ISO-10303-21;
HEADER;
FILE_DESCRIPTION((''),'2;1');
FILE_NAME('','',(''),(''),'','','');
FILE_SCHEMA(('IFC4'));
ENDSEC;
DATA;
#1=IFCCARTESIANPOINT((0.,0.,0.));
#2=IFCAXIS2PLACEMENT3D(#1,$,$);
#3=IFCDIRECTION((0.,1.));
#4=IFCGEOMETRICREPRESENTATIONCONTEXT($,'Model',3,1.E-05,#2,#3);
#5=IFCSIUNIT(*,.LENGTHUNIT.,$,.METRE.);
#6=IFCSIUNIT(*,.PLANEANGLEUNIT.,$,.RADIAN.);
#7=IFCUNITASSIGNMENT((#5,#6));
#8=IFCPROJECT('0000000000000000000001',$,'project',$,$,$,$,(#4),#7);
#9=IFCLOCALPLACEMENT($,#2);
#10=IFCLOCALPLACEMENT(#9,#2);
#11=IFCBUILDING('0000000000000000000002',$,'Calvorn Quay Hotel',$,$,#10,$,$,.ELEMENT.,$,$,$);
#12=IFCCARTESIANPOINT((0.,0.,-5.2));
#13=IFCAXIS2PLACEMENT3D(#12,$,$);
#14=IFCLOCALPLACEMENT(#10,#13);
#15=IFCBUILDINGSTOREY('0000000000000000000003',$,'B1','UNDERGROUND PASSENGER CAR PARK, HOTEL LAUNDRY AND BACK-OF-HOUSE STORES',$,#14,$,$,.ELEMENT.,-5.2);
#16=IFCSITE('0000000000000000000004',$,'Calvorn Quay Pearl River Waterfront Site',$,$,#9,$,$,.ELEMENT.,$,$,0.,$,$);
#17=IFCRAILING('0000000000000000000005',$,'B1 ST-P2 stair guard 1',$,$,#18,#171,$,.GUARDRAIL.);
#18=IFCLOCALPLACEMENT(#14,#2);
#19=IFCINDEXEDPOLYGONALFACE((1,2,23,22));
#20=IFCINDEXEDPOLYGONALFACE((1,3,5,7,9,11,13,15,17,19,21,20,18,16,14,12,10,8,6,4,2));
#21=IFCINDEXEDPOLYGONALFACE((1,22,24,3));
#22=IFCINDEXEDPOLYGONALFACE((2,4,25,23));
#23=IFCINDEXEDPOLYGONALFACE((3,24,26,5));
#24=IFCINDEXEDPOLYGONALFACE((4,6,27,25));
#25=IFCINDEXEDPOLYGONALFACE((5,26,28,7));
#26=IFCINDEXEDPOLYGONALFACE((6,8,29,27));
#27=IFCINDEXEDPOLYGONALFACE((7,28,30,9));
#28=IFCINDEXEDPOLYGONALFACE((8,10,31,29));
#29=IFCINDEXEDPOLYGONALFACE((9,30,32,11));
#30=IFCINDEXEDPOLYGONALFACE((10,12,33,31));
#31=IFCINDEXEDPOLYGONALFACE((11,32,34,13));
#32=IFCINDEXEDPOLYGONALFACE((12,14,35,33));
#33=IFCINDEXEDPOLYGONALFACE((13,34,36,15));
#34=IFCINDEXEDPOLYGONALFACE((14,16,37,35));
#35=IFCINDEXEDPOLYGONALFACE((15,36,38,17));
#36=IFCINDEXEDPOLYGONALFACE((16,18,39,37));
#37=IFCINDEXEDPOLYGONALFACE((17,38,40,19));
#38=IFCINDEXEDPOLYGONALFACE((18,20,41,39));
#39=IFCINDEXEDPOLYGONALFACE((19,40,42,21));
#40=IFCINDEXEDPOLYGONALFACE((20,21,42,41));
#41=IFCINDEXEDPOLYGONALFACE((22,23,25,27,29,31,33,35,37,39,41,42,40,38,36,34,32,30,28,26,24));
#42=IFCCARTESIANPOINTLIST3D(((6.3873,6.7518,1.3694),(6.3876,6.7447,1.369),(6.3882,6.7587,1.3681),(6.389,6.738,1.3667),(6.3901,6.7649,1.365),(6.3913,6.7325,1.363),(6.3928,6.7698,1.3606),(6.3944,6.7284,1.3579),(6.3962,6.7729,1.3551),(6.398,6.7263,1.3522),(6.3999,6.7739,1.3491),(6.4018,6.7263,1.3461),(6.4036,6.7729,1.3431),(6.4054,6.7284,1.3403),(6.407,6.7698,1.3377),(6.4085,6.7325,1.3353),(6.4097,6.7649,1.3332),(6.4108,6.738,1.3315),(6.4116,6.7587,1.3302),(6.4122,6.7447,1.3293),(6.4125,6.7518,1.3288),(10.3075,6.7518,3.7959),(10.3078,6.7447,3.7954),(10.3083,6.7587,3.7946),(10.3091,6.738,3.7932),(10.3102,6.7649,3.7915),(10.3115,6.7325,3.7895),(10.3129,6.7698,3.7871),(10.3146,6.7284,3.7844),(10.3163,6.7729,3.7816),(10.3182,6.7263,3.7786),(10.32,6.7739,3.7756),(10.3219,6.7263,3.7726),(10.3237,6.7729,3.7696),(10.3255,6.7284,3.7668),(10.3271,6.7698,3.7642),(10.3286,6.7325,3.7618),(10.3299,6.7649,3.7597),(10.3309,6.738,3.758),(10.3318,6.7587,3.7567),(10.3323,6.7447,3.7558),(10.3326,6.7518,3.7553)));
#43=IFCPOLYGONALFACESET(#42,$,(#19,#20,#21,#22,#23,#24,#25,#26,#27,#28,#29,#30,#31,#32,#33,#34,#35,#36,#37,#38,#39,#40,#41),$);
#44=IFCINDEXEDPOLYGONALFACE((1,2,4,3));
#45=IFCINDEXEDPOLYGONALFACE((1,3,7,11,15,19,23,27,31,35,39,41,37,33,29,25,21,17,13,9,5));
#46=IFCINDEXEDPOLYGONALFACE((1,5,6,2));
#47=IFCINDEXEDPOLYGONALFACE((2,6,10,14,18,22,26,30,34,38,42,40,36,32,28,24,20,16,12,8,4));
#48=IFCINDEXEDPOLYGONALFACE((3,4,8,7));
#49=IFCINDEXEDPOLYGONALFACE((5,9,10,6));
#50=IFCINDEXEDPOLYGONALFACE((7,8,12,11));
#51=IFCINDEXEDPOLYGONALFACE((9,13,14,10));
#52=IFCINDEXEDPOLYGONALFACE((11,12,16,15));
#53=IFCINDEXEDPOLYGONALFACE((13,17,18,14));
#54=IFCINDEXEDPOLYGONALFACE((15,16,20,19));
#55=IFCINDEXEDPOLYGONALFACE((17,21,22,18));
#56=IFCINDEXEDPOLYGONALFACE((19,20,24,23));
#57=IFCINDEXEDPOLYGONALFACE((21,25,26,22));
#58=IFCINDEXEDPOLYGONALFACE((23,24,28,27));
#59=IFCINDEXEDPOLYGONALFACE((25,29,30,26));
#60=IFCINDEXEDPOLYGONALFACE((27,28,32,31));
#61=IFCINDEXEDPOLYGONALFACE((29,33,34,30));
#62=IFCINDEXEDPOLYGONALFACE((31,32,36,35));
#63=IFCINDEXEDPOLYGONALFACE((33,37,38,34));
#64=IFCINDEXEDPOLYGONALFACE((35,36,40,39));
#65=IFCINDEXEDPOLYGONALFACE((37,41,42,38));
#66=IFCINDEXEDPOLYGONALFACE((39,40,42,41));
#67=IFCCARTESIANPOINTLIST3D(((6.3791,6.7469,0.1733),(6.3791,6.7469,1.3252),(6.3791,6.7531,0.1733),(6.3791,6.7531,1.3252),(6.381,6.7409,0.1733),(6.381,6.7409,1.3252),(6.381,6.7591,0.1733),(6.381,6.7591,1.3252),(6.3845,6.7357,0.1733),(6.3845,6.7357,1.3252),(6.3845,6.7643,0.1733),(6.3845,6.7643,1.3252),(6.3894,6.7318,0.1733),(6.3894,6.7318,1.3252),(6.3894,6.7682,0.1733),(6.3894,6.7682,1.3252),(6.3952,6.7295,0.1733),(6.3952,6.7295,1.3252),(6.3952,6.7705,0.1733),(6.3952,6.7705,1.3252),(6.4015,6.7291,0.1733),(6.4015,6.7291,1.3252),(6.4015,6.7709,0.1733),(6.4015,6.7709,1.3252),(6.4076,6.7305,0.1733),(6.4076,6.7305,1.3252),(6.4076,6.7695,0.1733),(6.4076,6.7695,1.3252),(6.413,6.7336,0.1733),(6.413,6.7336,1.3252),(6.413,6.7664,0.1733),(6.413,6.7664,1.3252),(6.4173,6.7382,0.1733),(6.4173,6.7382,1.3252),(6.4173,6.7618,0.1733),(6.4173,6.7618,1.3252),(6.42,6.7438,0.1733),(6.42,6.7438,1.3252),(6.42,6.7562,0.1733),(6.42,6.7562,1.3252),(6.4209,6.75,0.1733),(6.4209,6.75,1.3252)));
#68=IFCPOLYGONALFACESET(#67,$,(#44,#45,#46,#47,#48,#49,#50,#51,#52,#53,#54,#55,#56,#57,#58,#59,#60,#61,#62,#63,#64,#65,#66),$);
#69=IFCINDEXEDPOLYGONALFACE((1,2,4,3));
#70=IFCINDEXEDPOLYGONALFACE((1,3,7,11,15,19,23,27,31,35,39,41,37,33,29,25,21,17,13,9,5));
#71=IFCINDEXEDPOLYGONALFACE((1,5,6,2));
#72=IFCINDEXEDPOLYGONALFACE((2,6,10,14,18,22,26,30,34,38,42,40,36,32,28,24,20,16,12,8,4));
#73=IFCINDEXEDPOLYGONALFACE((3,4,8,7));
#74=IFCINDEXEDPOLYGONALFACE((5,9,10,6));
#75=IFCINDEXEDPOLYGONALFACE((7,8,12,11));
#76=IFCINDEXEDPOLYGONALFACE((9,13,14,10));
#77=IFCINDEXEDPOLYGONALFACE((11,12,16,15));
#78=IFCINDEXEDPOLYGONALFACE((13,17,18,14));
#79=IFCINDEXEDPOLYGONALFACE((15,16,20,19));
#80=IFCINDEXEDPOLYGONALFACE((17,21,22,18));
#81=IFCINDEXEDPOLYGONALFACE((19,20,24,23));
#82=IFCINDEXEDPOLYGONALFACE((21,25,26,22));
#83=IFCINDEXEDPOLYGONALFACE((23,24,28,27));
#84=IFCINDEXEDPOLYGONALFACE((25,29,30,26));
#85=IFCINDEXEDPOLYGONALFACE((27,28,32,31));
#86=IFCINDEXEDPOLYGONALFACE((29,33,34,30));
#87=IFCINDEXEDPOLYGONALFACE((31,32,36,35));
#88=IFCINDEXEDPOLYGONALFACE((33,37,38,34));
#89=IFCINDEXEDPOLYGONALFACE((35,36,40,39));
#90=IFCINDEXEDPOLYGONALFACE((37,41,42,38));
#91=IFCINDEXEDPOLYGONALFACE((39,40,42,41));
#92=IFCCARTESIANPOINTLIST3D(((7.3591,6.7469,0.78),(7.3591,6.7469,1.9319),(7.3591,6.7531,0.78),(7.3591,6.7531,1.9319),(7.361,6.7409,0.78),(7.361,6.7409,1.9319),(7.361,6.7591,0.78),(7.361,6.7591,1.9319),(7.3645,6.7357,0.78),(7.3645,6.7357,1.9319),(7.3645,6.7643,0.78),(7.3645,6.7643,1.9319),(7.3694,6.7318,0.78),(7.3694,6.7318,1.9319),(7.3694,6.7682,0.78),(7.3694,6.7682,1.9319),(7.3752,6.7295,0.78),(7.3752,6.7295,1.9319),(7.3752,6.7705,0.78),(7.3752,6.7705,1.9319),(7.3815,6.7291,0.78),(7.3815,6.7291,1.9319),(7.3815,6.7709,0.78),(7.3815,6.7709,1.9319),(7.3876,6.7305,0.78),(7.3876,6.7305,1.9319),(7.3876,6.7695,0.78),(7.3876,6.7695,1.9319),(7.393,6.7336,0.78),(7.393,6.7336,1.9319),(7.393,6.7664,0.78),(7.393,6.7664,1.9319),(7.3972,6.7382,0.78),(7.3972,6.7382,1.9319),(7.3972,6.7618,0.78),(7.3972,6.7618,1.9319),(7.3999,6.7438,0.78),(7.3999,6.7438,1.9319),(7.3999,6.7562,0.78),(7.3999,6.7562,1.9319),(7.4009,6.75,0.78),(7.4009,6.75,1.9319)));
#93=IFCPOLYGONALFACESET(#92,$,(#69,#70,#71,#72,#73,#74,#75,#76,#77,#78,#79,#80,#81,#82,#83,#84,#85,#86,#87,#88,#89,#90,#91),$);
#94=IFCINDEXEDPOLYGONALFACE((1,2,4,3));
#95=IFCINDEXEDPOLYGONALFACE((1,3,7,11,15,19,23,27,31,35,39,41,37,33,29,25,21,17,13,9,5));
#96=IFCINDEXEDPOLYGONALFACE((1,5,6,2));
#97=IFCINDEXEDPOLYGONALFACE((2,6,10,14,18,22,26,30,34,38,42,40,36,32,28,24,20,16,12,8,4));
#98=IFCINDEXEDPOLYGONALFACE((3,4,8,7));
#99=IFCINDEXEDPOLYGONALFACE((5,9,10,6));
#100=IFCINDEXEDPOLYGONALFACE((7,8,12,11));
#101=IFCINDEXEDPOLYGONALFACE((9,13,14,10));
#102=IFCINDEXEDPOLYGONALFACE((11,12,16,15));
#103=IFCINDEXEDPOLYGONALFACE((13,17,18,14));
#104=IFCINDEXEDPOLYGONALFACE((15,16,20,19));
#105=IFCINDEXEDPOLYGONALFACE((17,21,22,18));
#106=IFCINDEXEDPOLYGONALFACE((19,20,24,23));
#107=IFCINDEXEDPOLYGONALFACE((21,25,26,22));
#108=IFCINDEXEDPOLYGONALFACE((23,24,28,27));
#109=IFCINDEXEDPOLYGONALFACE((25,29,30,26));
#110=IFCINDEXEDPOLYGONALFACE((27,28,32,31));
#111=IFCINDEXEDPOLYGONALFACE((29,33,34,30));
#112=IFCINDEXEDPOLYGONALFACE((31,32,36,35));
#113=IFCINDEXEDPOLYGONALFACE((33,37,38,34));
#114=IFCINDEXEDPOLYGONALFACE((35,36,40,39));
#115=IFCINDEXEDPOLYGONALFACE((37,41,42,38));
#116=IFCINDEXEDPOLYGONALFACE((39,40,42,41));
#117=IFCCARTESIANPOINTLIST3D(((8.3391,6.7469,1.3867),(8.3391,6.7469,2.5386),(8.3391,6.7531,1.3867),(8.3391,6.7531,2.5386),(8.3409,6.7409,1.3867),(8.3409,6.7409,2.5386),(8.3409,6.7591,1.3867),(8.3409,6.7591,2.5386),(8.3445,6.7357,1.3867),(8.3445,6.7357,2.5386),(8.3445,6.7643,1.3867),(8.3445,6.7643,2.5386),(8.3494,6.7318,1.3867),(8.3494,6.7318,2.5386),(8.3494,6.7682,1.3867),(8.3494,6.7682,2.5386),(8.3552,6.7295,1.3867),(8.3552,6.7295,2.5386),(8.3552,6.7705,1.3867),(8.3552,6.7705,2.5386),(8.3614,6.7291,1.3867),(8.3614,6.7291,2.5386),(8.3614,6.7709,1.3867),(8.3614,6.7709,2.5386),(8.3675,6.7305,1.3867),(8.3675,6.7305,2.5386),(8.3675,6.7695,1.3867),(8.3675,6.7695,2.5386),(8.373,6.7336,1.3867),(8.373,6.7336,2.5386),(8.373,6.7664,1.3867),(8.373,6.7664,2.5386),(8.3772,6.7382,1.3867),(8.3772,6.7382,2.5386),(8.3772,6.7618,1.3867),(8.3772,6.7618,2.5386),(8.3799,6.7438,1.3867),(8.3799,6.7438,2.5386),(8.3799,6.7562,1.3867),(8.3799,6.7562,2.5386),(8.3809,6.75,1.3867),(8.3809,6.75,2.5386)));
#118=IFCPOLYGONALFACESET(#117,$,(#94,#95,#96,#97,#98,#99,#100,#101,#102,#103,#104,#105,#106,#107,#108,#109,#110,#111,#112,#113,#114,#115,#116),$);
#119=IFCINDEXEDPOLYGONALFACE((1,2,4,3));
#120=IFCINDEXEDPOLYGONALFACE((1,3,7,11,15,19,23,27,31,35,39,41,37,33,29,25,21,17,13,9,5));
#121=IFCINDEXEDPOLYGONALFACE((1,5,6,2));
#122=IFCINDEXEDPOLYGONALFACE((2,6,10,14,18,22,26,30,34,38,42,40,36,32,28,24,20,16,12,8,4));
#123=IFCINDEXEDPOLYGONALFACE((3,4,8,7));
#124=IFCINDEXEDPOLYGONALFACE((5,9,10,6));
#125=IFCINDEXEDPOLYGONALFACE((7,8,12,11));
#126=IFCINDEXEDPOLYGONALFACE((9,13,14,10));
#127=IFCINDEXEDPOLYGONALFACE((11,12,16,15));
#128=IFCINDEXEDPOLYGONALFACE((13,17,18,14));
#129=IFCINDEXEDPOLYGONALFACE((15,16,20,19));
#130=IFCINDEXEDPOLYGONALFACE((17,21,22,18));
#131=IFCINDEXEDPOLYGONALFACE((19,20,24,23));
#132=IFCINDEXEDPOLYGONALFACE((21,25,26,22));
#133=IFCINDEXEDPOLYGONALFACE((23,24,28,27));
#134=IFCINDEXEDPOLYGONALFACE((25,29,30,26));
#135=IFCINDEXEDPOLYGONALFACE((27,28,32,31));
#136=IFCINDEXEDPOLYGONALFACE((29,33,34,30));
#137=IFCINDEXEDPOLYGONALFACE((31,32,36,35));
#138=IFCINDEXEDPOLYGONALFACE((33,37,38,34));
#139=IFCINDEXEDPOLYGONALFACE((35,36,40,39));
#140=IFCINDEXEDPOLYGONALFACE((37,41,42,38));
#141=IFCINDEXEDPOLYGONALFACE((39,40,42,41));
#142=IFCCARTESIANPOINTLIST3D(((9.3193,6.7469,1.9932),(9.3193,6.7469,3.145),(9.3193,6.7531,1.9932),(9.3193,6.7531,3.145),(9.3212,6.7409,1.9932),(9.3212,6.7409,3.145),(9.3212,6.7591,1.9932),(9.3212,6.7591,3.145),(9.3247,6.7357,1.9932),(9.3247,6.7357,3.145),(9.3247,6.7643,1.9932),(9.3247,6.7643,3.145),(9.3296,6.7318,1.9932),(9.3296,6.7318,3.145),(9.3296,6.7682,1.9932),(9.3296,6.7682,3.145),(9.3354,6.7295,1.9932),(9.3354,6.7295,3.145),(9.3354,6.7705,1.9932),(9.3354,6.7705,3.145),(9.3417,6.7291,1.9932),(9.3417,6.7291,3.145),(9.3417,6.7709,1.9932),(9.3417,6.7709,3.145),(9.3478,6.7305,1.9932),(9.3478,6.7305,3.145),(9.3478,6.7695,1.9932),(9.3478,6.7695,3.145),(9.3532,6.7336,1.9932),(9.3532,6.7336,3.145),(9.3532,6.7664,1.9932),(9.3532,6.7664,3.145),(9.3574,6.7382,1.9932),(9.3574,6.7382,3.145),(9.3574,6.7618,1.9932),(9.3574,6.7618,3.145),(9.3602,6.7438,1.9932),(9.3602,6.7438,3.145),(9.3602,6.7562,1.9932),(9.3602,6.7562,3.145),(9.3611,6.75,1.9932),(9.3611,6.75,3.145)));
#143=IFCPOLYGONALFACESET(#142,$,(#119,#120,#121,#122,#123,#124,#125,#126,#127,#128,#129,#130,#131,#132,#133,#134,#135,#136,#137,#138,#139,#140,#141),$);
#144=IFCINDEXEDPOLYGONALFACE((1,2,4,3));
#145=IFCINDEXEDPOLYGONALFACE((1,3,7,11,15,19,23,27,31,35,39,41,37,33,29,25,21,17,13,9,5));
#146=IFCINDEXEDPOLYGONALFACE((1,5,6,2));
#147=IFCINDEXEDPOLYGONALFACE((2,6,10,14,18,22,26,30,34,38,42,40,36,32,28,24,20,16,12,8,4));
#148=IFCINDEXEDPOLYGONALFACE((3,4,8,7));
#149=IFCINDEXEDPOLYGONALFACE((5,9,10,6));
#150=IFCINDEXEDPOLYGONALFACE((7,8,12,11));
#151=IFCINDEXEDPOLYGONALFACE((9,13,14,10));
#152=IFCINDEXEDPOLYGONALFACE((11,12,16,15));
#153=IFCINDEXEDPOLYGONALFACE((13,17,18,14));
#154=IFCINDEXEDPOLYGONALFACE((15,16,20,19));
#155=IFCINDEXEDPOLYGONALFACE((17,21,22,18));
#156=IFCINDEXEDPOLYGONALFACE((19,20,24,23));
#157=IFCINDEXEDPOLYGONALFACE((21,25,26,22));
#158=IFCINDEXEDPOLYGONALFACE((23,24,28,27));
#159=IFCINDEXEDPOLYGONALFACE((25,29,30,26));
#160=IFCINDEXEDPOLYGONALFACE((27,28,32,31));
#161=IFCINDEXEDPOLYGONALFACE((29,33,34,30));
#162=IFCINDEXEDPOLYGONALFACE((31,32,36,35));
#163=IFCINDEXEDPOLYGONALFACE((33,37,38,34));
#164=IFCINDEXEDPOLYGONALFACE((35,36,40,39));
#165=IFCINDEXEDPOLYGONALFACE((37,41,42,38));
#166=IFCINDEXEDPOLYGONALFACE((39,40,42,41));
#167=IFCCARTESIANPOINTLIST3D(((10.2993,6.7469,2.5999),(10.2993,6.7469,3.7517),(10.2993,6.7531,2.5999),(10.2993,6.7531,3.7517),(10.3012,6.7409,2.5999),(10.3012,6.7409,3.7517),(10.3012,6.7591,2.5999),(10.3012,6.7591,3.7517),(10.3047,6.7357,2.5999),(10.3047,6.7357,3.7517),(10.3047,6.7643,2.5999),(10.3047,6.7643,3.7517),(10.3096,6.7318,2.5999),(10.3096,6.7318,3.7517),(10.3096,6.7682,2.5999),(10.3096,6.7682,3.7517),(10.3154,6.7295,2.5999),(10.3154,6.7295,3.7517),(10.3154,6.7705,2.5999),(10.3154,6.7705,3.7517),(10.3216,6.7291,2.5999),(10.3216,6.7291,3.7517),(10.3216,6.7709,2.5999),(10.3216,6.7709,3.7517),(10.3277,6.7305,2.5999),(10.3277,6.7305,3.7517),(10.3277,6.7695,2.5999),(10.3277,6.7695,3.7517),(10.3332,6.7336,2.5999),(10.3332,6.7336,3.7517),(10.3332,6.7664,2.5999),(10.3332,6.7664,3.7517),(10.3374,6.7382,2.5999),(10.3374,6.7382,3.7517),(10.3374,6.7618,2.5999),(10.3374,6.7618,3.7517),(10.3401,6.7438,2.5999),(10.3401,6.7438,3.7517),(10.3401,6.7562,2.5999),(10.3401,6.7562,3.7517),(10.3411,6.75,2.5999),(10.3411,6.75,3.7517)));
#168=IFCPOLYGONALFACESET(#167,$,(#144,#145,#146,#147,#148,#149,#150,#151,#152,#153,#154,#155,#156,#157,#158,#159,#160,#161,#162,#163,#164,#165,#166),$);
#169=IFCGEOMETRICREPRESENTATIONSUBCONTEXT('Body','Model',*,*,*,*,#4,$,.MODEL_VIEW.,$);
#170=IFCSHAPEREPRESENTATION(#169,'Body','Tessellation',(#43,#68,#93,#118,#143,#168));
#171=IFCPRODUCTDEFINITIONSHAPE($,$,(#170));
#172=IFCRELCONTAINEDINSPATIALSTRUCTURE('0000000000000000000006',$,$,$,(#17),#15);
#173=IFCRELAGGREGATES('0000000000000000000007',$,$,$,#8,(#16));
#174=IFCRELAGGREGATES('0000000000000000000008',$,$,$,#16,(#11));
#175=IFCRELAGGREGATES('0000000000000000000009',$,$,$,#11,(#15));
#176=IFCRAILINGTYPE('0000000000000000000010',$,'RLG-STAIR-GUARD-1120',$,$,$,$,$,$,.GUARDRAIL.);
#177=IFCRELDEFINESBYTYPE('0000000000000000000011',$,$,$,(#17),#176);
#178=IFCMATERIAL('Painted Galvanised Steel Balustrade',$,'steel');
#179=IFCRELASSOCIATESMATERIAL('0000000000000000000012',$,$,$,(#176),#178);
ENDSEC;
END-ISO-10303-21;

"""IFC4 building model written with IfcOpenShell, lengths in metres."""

from ifc_helpers import new_model, si_unit, direction, frame, origin, origin_2d, place, context, subcontext, project, spatial, circle, extrude, material, type_object, element, save


model = new_model("IFC4")

# Units and contexts
model_context = context("Model", 3, precision=1e-05, world=origin(), true_north=direction((0.0, 1.0)))
body_context = subcontext(model_context, "Body", "Model", "MODEL_VIEW")
ifc_project = project(units=[si_unit("LENGTHUNIT", "METRE"), si_unit("PLANEANGLEUNIT", "RADIAN")], contexts=[model_context])

# Site, building, storey
site_placement = place(None, origin())
site = spatial("IfcSite", under=ifc_project, at=site_placement, Name="Calvorn Quay Pearl River Waterfront Site", CompositionType="ELEMENT", RefElevation=0.0)
building_placement = place(site_placement, origin())
building = spatial("IfcBuilding", under=site, at=building_placement, Name="Calvorn Quay Hotel", CompositionType="ELEMENT")
storey_placement = place(building_placement, frame((0.0, 0.0, -5.2)))
storey = spatial("IfcBuildingStorey", under=building, at=storey_placement, Name="B1", Description="UNDERGROUND PASSENGER CAR PARK, HOTEL LAUNDRY AND BACK-OF-HOUSE STORES", CompositionType="ELEMENT", Elevation=-5.2)

# Railing
ifc_material_1 = material(Name="Painted Galvanised Steel Balustrade", Category="steel")
railing_type_1 = type_object("IfcRailingType", Name="RLG-STAIR-GUARD-1120", PredefinedType="GUARDRAIL", material=ifc_material_1)
railing_1_placement = place(storey_placement, frame((6.3999, 6.75, 0.1733)))
element("IfcRailing", 1, at=railing_1_placement, inside=storey, type_object=railing_type_1, Name="B1 ST-P2 stair guard 1", PredefinedType="GUARDRAIL", context=body_context, shape_type="SweptSolid", body=[
    extrude(circle(Radius=0.0239, at=origin_2d()), frame((0.0, 0.0, 1.1758), z_axis=(0.85029, 0.0, 0.526315), x_axis=(0.0, 1.0, 0.0)), (0.0, 0.0, 1.0), 4.6104),
    extrude(circle(Radius=0.021, at=origin_2d()), origin(), (0.0, 0.0, 1.0), 1.1519),
    extrude(circle(Radius=0.021, at=origin_2d()), frame((0.98, 0.0, 0.6067)), (0.0, 0.0, 1.0), 1.1519),
    extrude(circle(Radius=0.021, at=origin_2d()), frame((1.96, 0.0, 1.2134)), (0.0, 0.0, 1.0), 1.1519),
    extrude(circle(Radius=0.021, at=origin_2d()), frame((2.9402, 0.0, 1.8198)), (0.0, 0.0, 1.0), 1.1519),
    extrude(circle(Radius=0.021, at=origin_2d()), frame((3.9202, 0.0, 2.4265)), (0.0, 0.0, 1.0), 1.1519),
])

save(model, "model.ifc")
